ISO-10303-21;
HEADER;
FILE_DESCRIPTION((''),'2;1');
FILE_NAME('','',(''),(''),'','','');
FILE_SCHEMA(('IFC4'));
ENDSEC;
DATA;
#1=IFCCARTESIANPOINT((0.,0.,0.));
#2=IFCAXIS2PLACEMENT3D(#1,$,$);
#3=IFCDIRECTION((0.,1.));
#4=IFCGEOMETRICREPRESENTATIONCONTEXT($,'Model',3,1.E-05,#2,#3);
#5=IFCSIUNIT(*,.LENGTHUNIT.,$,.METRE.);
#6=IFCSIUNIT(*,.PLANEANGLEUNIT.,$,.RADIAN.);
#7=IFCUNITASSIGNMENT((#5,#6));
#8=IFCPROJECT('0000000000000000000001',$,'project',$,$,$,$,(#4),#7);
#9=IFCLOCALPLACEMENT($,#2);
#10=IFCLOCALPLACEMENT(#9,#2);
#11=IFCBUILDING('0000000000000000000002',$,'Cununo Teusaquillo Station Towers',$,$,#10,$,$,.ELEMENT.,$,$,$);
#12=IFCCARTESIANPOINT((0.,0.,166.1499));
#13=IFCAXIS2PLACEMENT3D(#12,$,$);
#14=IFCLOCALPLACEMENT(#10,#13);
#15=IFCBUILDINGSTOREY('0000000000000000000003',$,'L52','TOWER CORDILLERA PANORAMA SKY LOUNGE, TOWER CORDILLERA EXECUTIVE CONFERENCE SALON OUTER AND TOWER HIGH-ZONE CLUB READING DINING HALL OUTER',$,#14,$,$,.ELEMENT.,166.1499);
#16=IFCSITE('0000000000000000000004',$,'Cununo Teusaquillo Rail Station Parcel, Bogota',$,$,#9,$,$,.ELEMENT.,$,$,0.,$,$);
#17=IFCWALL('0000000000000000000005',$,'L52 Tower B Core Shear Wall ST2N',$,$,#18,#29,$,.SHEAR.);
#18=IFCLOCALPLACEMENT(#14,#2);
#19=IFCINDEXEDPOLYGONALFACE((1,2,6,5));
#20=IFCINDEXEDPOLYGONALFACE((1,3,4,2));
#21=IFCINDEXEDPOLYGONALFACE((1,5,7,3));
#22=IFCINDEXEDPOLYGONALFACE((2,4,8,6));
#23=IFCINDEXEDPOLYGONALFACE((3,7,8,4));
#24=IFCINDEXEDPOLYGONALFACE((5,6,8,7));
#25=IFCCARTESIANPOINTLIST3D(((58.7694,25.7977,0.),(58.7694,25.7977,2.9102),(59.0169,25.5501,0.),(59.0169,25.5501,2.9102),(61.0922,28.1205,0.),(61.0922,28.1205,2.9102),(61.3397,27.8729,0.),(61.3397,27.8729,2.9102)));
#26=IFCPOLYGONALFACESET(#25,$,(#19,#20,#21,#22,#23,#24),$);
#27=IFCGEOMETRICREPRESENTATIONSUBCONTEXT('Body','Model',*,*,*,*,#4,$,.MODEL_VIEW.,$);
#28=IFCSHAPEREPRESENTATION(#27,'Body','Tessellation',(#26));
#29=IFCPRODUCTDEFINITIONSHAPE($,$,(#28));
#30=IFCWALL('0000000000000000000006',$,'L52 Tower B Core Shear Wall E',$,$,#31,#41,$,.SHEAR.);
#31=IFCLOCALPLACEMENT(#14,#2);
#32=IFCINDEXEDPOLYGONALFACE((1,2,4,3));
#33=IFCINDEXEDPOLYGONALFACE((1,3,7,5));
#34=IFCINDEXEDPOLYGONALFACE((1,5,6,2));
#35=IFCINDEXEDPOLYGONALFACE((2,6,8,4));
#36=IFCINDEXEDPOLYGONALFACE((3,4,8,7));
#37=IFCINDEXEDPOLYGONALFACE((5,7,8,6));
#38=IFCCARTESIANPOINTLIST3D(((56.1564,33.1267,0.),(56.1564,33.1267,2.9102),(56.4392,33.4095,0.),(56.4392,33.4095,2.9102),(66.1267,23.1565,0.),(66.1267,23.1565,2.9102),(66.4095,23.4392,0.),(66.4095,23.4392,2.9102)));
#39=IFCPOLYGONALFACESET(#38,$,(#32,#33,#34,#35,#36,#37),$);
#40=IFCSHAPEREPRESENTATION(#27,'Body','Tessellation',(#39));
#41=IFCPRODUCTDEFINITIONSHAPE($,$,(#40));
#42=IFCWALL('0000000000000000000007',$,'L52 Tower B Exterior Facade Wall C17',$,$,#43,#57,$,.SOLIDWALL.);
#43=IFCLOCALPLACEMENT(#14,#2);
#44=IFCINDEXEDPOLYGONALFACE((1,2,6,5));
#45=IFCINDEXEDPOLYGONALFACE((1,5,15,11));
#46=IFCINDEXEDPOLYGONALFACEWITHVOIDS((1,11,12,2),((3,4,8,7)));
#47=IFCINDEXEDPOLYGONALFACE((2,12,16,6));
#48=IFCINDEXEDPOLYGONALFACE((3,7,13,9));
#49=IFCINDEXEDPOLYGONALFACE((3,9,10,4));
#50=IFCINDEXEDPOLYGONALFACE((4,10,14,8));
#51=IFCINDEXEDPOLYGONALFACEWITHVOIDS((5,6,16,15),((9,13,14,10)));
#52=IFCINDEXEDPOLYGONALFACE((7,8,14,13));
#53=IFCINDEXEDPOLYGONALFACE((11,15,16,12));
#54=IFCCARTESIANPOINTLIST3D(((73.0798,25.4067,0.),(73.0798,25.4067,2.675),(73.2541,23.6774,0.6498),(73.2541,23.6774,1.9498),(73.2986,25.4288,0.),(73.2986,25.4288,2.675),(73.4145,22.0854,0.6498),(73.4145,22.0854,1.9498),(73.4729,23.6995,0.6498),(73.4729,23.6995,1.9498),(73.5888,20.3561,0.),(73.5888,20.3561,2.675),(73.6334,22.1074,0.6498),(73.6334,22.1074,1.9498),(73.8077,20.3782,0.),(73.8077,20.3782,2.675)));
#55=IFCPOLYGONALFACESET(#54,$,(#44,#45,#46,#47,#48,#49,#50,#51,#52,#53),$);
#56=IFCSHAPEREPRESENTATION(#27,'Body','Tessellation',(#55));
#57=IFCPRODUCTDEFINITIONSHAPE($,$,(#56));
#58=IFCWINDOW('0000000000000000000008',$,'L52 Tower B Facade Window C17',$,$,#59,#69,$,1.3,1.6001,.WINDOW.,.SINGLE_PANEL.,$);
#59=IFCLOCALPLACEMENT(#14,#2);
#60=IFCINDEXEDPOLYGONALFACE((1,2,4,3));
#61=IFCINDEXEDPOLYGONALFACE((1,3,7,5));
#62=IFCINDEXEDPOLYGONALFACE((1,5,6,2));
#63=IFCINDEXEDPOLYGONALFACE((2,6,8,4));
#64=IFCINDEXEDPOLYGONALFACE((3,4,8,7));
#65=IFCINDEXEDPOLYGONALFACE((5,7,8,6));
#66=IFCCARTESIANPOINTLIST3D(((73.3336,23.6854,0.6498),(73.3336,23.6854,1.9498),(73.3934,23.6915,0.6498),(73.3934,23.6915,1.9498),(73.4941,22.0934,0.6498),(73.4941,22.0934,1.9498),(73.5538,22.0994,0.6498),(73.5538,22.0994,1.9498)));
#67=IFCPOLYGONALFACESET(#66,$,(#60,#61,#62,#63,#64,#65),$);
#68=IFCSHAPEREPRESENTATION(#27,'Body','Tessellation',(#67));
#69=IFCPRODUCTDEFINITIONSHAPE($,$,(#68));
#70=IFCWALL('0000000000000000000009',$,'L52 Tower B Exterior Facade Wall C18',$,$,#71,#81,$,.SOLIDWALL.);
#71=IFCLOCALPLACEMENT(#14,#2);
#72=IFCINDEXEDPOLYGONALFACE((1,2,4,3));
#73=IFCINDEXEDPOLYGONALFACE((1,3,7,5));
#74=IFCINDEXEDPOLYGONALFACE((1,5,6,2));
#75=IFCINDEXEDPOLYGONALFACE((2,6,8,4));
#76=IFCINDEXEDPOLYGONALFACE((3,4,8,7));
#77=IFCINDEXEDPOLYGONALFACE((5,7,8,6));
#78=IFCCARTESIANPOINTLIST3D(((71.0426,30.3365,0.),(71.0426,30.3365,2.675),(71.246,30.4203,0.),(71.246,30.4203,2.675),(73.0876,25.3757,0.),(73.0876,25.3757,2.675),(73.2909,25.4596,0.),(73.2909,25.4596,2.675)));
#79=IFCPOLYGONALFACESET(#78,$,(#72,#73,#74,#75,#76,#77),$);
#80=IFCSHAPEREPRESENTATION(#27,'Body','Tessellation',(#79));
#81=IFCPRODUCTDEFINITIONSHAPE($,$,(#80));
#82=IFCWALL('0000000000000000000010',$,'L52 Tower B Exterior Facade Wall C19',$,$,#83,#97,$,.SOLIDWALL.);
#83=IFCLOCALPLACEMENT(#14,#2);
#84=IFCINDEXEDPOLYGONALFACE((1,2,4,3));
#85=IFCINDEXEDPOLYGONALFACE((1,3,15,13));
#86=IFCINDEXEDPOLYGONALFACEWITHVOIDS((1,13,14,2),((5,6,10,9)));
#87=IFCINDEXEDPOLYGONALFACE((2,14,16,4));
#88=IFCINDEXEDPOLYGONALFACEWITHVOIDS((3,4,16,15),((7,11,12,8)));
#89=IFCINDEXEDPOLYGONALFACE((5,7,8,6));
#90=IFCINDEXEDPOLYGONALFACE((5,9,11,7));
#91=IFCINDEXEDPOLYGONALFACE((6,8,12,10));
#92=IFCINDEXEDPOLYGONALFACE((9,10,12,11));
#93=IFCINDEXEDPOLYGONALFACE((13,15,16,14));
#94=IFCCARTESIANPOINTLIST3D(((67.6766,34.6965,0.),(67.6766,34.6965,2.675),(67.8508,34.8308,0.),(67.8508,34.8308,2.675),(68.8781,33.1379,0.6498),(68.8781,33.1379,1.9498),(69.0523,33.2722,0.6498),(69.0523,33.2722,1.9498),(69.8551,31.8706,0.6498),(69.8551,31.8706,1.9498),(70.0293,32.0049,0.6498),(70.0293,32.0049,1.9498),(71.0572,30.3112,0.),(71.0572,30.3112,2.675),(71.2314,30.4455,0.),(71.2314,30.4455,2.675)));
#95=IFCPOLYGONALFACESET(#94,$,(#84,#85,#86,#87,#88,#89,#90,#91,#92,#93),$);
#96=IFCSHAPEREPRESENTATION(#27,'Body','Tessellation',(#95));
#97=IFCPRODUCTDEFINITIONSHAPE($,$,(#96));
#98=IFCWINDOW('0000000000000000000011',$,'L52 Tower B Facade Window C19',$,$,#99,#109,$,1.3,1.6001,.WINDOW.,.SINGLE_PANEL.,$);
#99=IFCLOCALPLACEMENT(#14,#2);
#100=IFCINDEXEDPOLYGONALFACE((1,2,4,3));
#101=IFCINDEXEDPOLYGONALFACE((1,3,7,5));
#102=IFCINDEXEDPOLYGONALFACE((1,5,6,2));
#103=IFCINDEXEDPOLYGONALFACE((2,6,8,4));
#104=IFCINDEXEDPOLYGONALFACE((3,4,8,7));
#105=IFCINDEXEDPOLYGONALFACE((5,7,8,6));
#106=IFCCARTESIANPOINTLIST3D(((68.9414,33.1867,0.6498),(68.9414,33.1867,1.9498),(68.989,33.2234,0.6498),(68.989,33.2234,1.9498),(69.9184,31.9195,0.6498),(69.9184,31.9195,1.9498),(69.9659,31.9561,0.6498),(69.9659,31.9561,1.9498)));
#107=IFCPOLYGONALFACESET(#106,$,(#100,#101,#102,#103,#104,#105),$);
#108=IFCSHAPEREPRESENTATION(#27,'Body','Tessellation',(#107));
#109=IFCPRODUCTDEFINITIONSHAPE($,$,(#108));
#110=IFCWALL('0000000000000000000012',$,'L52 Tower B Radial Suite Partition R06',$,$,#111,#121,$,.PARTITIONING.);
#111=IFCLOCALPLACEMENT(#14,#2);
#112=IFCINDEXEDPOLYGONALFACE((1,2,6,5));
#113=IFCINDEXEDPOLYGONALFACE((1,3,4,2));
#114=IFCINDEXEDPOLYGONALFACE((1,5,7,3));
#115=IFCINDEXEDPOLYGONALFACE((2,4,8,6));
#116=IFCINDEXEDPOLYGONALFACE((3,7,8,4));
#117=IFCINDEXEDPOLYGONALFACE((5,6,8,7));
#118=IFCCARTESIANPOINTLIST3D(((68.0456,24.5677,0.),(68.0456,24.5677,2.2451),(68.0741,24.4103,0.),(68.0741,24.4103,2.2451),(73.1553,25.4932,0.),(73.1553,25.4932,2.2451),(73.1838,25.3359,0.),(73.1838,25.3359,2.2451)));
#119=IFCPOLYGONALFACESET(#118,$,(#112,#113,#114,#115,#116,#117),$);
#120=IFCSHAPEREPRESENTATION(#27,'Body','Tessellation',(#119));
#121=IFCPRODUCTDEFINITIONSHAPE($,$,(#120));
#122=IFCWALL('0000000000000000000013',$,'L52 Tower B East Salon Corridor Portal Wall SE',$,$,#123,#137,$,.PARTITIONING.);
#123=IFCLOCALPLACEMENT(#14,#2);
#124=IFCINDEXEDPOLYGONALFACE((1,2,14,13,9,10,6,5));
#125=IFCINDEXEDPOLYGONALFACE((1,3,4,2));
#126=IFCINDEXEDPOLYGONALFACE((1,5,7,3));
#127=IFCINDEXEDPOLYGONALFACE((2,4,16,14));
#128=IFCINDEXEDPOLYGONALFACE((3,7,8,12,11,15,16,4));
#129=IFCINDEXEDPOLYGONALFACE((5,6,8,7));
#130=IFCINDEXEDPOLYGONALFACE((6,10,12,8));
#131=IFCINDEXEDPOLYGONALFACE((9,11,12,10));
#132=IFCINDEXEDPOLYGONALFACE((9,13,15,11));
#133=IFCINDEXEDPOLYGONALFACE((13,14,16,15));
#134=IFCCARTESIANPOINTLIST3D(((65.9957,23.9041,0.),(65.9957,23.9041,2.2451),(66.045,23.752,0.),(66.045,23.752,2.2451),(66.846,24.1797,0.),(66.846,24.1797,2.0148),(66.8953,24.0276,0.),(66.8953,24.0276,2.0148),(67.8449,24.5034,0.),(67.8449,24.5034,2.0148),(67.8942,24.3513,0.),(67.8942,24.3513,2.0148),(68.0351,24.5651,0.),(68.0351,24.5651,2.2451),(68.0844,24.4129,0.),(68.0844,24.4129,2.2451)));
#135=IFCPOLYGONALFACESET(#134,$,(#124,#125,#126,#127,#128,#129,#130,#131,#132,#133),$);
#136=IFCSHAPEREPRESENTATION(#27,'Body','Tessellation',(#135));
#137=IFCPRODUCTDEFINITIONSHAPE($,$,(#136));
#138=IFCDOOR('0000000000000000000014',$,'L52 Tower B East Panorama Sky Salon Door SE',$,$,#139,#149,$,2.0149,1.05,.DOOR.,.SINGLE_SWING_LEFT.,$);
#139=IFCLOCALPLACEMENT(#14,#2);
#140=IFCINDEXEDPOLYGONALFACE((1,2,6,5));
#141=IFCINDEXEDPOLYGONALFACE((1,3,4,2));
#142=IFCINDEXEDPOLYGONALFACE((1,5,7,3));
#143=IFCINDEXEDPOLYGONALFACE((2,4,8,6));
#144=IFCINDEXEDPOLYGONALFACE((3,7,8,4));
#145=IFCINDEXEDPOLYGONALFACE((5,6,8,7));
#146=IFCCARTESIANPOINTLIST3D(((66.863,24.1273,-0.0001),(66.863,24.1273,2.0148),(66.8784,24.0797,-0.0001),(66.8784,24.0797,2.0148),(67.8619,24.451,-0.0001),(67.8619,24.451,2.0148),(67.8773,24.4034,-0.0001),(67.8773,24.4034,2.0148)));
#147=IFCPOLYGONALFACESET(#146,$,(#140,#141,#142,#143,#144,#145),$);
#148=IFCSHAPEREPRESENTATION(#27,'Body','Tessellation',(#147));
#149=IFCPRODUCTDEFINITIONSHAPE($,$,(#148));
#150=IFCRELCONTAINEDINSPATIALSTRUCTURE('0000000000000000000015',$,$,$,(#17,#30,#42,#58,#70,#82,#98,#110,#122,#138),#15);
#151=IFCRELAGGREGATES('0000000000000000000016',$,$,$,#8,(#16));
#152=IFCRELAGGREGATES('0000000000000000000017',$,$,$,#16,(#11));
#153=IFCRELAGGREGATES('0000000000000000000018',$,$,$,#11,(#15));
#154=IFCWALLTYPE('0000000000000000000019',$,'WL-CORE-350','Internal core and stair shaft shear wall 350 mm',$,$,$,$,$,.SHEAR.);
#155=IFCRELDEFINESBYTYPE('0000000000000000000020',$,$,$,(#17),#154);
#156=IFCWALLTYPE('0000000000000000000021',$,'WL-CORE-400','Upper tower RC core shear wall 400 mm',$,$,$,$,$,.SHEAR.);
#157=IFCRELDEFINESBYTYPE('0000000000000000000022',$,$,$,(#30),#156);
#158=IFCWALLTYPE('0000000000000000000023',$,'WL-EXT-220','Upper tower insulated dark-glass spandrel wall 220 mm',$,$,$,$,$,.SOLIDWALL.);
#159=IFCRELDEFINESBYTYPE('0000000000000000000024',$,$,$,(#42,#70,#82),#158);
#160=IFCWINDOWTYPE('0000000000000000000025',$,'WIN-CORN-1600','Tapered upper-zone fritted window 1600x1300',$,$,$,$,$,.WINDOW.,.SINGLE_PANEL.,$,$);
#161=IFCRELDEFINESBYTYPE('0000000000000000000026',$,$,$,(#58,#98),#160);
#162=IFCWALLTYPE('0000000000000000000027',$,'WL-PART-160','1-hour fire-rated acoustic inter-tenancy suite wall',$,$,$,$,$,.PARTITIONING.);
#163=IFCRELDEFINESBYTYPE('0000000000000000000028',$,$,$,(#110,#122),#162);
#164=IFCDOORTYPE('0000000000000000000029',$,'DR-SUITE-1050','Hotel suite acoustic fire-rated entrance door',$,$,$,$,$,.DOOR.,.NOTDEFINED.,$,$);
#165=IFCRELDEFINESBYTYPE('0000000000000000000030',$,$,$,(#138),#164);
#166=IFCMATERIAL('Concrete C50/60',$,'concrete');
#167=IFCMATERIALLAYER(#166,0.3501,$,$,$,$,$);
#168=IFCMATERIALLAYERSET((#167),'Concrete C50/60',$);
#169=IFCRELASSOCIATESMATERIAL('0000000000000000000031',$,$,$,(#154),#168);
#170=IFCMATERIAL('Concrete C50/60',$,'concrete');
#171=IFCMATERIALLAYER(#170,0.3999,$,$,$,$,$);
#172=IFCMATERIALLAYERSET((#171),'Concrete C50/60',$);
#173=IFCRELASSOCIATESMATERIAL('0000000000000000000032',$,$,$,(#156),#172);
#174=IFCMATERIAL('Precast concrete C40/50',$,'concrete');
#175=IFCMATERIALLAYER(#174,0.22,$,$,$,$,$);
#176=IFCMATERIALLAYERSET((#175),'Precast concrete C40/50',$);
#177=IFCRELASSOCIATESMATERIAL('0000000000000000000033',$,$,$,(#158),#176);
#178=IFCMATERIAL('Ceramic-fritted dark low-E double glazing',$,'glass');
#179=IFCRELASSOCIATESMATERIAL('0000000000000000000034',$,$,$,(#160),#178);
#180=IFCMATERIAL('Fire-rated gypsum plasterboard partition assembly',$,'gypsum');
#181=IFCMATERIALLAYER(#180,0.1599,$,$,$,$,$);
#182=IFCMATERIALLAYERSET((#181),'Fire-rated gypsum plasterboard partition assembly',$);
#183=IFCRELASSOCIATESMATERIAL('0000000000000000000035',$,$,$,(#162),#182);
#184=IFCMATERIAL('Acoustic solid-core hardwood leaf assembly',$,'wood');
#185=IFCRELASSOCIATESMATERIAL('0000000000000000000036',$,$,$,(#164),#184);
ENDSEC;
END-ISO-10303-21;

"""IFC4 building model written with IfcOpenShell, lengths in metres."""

from ifc_helpers import new_model, si_unit, direction, frame, frame_2d, origin, place, context, subcontext, project, spatial, rectangle, extrude, source, transform, mapped, material, layer, layer_set, type_object, element, fill, save


model = new_model("IFC4")

# Units and contexts
model_context = context("Model", 3, precision=1e-05, world=origin(), true_north=direction((0.0, 1.0)))
body_context = subcontext(model_context, "Body", "Model", "MODEL_VIEW")
ifc_project = project(units=[si_unit("LENGTHUNIT", "METRE"), si_unit("PLANEANGLEUNIT", "RADIAN")], contexts=[model_context])

# Site, building, storey
site_placement = place(None, origin())
site = spatial("IfcSite", under=ifc_project, at=site_placement, Name="Cununo Teusaquillo Rail Station Parcel, Bogota", CompositionType="ELEMENT", RefElevation=0.0)
building_placement = place(site_placement, origin())
building = spatial("IfcBuilding", under=site, at=building_placement, Name="Cununo Teusaquillo Station Towers", CompositionType="ELEMENT")
storey_placement = place(building_placement, frame((0.0, 0.0, 166.1499)))
storey = spatial("IfcBuildingStorey", under=building, at=storey_placement, Name="L52", Description="TOWER CORDILLERA PANORAMA SKY LOUNGE, TOWER CORDILLERA EXECUTIVE CONFERENCE SALON OUTER AND TOWER HIGH-ZONE CLUB READING DINING HALL OUTER", CompositionType="ELEMENT", Elevation=166.1499)

# Walls
ifc_material_1 = material(Name="Concrete C50/60", Category="concrete")
ifc_layer_1 = layer(ifc_material_1, 0.3501)
ifc_layer_set_1 = layer_set([ifc_layer_1], Name="Concrete C50/60")
wall_type_1 = type_object("IfcWallType", Name="WL-CORE-350", Description="Internal core and stair shaft shear wall 350 mm", PredefinedType="SHEAR", material=ifc_layer_set_1)
wall_1_placement = place(storey_placement, frame((58.8931, 25.6738, 0.0), z_axis=(0.0, 0.0, 1.0), x_axis=(0.707107, 0.707107, 0.0)))
element("IfcWall", 1, at=wall_1_placement, inside=storey, type_object=wall_type_1, Name="L52 Tower B Core Shear Wall ST2N", PredefinedType="SHEAR", context=body_context, shape_type="SweptSolid", body=[
    extrude(rectangle(XDim=3.2849, YDim=0.3501, at=frame_2d((1.6426, 0.0))), origin(), (0.0, 0.0, 1.0), 2.9102),
])
ifc_material_2 = material(Name="Concrete C50/60", Category="concrete")
ifc_layer_2 = layer(ifc_material_2, 0.3999)
ifc_layer_set_2 = layer_set([ifc_layer_2], Name="Concrete C50/60")
wall_type_2 = type_object("IfcWallType", Name="WL-CORE-400", Description="Upper tower RC core shear wall 400 mm", PredefinedType="SHEAR", material=ifc_layer_set_2)
wall_2_placement = place(storey_placement, frame((66.2681, 23.2979, 0.0), z_axis=(0.0, 0.0, 1.0), x_axis=(-0.707107, 0.707107, 0.0)))
element("IfcWall", 2, at=wall_2_placement, inside=storey, type_object=wall_type_2, Name="L52 Tower B Core Shear Wall E", PredefinedType="SHEAR", context=body_context, shape_type="SweptSolid", body=[
    extrude(rectangle(XDim=14.1001, YDim=0.3999, at=frame_2d((7.05, 0.0))), origin(), (0.0, 0.0, 1.0), 2.9102),
])

# Wall, opening, window
ifc_material_3 = material(Name="Precast concrete C40/50", Category="concrete")
ifc_layer_3 = layer(ifc_material_3, 0.22)
ifc_layer_set_3 = layer_set([ifc_layer_3], Name="Precast concrete C40/50")
wall_type_3 = type_object("IfcWallType", Name="WL-EXT-220", Description="Upper tower insulated dark-glass spandrel wall 220 mm", PredefinedType="SOLIDWALL", material=ifc_layer_set_3)
wall_3_placement = place(storey_placement, frame((73.1892, 25.4177, 0.0), z_axis=(0.0, 0.0, 1.0), x_axis=(0.10028, -0.994959, 0.0)))
wall_3 = element("IfcWall", 3, at=wall_3_placement, inside=storey, type_object=wall_type_3, Name="L52 Tower B Exterior Facade Wall C17", PredefinedType="SOLIDWALL", context=body_context, shape_type="SweptSolid", body=[
    extrude(rectangle(XDim=5.0762, YDim=0.22, at=frame_2d((2.5381, 0.0))), origin(), (0.0, 0.0, 1.0), 2.675),
])
shared_shape_1 = source(origin(), body_context, "Body", "SweptSolid", [
    extrude(rectangle(XDim=1.6001, YDim=1.3, at=frame_2d((0.8, 0.6499))), frame((0.0, 0.1199, 0.0), z_axis=(0.0, -1.0, 0.0), x_axis=(1.0, 0.0, 0.0)), (0.0, 0.0, 1.0), 0.24),
])
opening_1_placement = place(wall_3_placement, frame((1.738, 0.0, 0.6499)))
opening_1 = element("IfcOpeningElement", 4, at=opening_1_placement, cuts=wall_3, PredefinedType="OPENING", context=body_context, shape_type="MappedRepresentation", body=[
    mapped(shared_shape_1, transform((0.0, 0.0, 0.0), x_axis=(1.0, 0.0, 0.0), y_axis=(0.0, 1.0, 0.0), z_axis=(0.0, 0.0, 1.0), scale=1.0)),
])
ifc_material_4 = material(Name="Ceramic-fritted dark low-E double glazing", Category="glass")
window_type = type_object("IfcWindowType", Name="WIN-CORN-1600", Description="Tapered upper-zone fritted window 1600x1300", PartitioningType="SINGLE_PANEL", PredefinedType="WINDOW", material=ifc_material_4)
shared_shape_2 = source(origin(), body_context, "Body", "SweptSolid", [
    extrude(rectangle(XDim=1.6001, YDim=1.3, at=frame_2d((0.8, 0.6499))), frame((0.0, 0.03, 0.0), z_axis=(0.0, -1.0, 0.0), x_axis=(1.0, 0.0, 0.0)), (0.0, 0.0, 1.0), 0.0601),
])
window_1_placement = place(opening_1_placement, origin())
window_1 = element("IfcWindow", 5, at=window_1_placement, inside=storey, type_object=window_type, Name="L52 Tower B Facade Window C17", OverallHeight=1.3, OverallWidth=1.6001, PartitioningType="SINGLE_PANEL", PredefinedType="WINDOW", context=body_context, shape_type="MappedRepresentation", body=[
    mapped(shared_shape_2, transform((0.0, 0.0, 0.0), x_axis=(1.0, 0.0, 0.0), y_axis=(0.0, 1.0, 0.0), z_axis=(0.0, 0.0, 1.0), scale=1.0)),
])
fill(opening_1, window_1)

# Wall
wall_4_placement = place(storey_placement, frame((71.1443, 30.3784, 0.0), z_axis=(0.0, 0.0, 1.0), x_axis=(0.381114, -0.924528, 0.0)))
element("IfcWall", 6, at=wall_4_placement, inside=storey, type_object=wall_type_3, Name="L52 Tower B Exterior Facade Wall C18", PredefinedType="SOLIDWALL", context=body_context, shape_type="SweptSolid", body=[
    extrude(rectangle(XDim=5.3657, YDim=0.22, at=frame_2d((2.6829, 0.0))), origin(), (0.0, 0.0, 1.0), 2.675),
])

# Wall, opening, window
wall_5_placement = place(storey_placement, frame((67.7637, 34.7637, 0.0), z_axis=(0.0, 0.0, 1.0), x_axis=(0.610544, -0.791983, 0.0)))
wall_5 = element("IfcWall", 7, at=wall_5_placement, inside=storey, type_object=wall_type_3, Name="L52 Tower B Exterior Facade Wall C19", PredefinedType="SOLIDWALL", context=body_context, shape_type="SweptSolid", body=[
    extrude(rectangle(XDim=5.5371, YDim=0.22, at=frame_2d((2.7686, 0.0))), origin(), (0.0, 0.0, 1.0), 2.675),
])
opening_2_placement = place(wall_5_placement, frame((1.968, 0.0, 0.6499)))
opening_2 = element("IfcOpeningElement", 8, at=opening_2_placement, cuts=wall_5, PredefinedType="OPENING", context=body_context, shape_type="MappedRepresentation", body=[
    mapped(shared_shape_1, transform((0.0, 0.0, 0.0), x_axis=(1.0, 0.0, 0.0), y_axis=(0.0, 1.0, 0.0), z_axis=(0.0, 0.0, 1.0), scale=1.0)),
])
window_2_placement = place(opening_2_placement, origin())
window_2 = element("IfcWindow", 9, at=window_2_placement, inside=storey, type_object=window_type, Name="L52 Tower B Facade Window C19", OverallHeight=1.3, OverallWidth=1.6001, PartitioningType="SINGLE_PANEL", PredefinedType="WINDOW", context=body_context, shape_type="MappedRepresentation", body=[
    mapped(shared_shape_2, transform((0.0, 0.0, 0.0), x_axis=(1.0, 0.0, 0.0), y_axis=(0.0, 1.0, 0.0), z_axis=(0.0, 0.0, 1.0), scale=1.0)),
])
fill(opening_2, window_2)

# Wall
ifc_material_5 = material(Name="Fire-rated gypsum plasterboard partition assembly", Category="gypsum")
ifc_layer_4 = layer(ifc_material_5, 0.1599)
ifc_layer_set_4 = layer_set([ifc_layer_4], Name="Fire-rated gypsum plasterboard partition assembly")
wall_type_4 = type_object("IfcWallType", Name="WL-PART-160", Description="1-hour fire-rated acoustic inter-tenancy suite wall", PredefinedType="PARTITIONING", material=ifc_layer_set_4)
wall_6_placement = place(storey_placement, frame((68.0598, 24.489, 0.0), z_axis=(0.0, 0.0, 1.0), x_axis=(0.983988, 0.178236, 0.0)))
element("IfcWall", 10, at=wall_6_placement, inside=storey, type_object=wall_type_4, Name="L52 Tower B Radial Suite Partition R06", PredefinedType="PARTITIONING", context=body_context, shape_type="SweptSolid", body=[
    extrude(rectangle(XDim=5.1929, YDim=0.1599, at=frame_2d((2.5964, 0.0))), origin(), (0.0, 0.0, 1.0), 2.2451),
])

# Wall, opening, door
wall_7_placement = place(storey_placement, frame((66.0205, 23.8281, 0.0), z_axis=(0.0, 0.0, 1.0), x_axis=(0.951292, 0.30829, 0.0)))
wall_7 = element("IfcWall", 11, at=wall_7_placement, inside=storey, type_object=wall_type_4, Name="L52 Tower B East Salon Corridor Portal Wall SE", PredefinedType="PARTITIONING", context=body_context, shape_type="SweptSolid", body=[
    extrude(rectangle(XDim=2.1438, YDim=0.1599, at=frame_2d((1.0718, 0.0))), origin(), (0.0, 0.0, 1.0), 2.2451),
])
shared_shape_3 = source(origin(), body_context, "Body", "SweptSolid", [
    extrude(rectangle(XDim=1.05, YDim=2.0149, at=frame_2d((0.5249, 1.0073))), frame((0.0, 0.0898, 0.0), z_axis=(0.0, -1.0, 0.0), x_axis=(1.0, 0.0, 0.0)), (0.0, 0.0, 1.0), 0.1799),
])
opening_3_placement = place(wall_7_placement, frame((0.8938, 0.0, 0.0)))
opening_3 = element("IfcOpeningElement", 12, at=opening_3_placement, cuts=wall_7, PredefinedType="OPENING", context=body_context, shape_type="MappedRepresentation", body=[
    mapped(shared_shape_3, transform((0.0, 0.0, 0.0), x_axis=(1.0, 0.0, 0.0), y_axis=(0.0, 1.0, 0.0), z_axis=(0.0, 0.0, 1.0), scale=1.0)),
])
ifc_material_6 = material(Name="Acoustic solid-core hardwood leaf assembly", Category="wood")
door_type = type_object("IfcDoorType", Name="DR-SUITE-1050", Description="Hotel suite acoustic fire-rated entrance door", OperationType="NOTDEFINED", PredefinedType="DOOR", material=ifc_material_6)
shared_shape_4 = source(origin(), body_context, "Body", "SweptSolid", [
    extrude(rectangle(XDim=1.05, YDim=2.0149, at=frame_2d((0.5249, 1.0073))), frame((0.0, 0.0249, 0.0), z_axis=(0.0, -1.0, 0.0), x_axis=(1.0, 0.0, 0.0)), (0.0, 0.0, 1.0), 0.05),
])
door_placement = place(opening_3_placement, origin())
door = element("IfcDoor", 13, at=door_placement, inside=storey, type_object=door_type, Name="L52 Tower B East Panorama Sky Salon Door SE", OperationType="SINGLE_SWING_LEFT", OverallHeight=2.0149, OverallWidth=1.05, PredefinedType="DOOR", context=body_context, shape_type="MappedRepresentation", body=[
    mapped(shared_shape_4, transform((0.0, 0.0, 0.0), x_axis=(1.0, 0.0, 0.0), y_axis=(0.0, 1.0, 0.0), z_axis=(0.0, 0.0, 1.0), scale=1.0)),
])
fill(opening_3, door)

save(model, "model.ifc")
